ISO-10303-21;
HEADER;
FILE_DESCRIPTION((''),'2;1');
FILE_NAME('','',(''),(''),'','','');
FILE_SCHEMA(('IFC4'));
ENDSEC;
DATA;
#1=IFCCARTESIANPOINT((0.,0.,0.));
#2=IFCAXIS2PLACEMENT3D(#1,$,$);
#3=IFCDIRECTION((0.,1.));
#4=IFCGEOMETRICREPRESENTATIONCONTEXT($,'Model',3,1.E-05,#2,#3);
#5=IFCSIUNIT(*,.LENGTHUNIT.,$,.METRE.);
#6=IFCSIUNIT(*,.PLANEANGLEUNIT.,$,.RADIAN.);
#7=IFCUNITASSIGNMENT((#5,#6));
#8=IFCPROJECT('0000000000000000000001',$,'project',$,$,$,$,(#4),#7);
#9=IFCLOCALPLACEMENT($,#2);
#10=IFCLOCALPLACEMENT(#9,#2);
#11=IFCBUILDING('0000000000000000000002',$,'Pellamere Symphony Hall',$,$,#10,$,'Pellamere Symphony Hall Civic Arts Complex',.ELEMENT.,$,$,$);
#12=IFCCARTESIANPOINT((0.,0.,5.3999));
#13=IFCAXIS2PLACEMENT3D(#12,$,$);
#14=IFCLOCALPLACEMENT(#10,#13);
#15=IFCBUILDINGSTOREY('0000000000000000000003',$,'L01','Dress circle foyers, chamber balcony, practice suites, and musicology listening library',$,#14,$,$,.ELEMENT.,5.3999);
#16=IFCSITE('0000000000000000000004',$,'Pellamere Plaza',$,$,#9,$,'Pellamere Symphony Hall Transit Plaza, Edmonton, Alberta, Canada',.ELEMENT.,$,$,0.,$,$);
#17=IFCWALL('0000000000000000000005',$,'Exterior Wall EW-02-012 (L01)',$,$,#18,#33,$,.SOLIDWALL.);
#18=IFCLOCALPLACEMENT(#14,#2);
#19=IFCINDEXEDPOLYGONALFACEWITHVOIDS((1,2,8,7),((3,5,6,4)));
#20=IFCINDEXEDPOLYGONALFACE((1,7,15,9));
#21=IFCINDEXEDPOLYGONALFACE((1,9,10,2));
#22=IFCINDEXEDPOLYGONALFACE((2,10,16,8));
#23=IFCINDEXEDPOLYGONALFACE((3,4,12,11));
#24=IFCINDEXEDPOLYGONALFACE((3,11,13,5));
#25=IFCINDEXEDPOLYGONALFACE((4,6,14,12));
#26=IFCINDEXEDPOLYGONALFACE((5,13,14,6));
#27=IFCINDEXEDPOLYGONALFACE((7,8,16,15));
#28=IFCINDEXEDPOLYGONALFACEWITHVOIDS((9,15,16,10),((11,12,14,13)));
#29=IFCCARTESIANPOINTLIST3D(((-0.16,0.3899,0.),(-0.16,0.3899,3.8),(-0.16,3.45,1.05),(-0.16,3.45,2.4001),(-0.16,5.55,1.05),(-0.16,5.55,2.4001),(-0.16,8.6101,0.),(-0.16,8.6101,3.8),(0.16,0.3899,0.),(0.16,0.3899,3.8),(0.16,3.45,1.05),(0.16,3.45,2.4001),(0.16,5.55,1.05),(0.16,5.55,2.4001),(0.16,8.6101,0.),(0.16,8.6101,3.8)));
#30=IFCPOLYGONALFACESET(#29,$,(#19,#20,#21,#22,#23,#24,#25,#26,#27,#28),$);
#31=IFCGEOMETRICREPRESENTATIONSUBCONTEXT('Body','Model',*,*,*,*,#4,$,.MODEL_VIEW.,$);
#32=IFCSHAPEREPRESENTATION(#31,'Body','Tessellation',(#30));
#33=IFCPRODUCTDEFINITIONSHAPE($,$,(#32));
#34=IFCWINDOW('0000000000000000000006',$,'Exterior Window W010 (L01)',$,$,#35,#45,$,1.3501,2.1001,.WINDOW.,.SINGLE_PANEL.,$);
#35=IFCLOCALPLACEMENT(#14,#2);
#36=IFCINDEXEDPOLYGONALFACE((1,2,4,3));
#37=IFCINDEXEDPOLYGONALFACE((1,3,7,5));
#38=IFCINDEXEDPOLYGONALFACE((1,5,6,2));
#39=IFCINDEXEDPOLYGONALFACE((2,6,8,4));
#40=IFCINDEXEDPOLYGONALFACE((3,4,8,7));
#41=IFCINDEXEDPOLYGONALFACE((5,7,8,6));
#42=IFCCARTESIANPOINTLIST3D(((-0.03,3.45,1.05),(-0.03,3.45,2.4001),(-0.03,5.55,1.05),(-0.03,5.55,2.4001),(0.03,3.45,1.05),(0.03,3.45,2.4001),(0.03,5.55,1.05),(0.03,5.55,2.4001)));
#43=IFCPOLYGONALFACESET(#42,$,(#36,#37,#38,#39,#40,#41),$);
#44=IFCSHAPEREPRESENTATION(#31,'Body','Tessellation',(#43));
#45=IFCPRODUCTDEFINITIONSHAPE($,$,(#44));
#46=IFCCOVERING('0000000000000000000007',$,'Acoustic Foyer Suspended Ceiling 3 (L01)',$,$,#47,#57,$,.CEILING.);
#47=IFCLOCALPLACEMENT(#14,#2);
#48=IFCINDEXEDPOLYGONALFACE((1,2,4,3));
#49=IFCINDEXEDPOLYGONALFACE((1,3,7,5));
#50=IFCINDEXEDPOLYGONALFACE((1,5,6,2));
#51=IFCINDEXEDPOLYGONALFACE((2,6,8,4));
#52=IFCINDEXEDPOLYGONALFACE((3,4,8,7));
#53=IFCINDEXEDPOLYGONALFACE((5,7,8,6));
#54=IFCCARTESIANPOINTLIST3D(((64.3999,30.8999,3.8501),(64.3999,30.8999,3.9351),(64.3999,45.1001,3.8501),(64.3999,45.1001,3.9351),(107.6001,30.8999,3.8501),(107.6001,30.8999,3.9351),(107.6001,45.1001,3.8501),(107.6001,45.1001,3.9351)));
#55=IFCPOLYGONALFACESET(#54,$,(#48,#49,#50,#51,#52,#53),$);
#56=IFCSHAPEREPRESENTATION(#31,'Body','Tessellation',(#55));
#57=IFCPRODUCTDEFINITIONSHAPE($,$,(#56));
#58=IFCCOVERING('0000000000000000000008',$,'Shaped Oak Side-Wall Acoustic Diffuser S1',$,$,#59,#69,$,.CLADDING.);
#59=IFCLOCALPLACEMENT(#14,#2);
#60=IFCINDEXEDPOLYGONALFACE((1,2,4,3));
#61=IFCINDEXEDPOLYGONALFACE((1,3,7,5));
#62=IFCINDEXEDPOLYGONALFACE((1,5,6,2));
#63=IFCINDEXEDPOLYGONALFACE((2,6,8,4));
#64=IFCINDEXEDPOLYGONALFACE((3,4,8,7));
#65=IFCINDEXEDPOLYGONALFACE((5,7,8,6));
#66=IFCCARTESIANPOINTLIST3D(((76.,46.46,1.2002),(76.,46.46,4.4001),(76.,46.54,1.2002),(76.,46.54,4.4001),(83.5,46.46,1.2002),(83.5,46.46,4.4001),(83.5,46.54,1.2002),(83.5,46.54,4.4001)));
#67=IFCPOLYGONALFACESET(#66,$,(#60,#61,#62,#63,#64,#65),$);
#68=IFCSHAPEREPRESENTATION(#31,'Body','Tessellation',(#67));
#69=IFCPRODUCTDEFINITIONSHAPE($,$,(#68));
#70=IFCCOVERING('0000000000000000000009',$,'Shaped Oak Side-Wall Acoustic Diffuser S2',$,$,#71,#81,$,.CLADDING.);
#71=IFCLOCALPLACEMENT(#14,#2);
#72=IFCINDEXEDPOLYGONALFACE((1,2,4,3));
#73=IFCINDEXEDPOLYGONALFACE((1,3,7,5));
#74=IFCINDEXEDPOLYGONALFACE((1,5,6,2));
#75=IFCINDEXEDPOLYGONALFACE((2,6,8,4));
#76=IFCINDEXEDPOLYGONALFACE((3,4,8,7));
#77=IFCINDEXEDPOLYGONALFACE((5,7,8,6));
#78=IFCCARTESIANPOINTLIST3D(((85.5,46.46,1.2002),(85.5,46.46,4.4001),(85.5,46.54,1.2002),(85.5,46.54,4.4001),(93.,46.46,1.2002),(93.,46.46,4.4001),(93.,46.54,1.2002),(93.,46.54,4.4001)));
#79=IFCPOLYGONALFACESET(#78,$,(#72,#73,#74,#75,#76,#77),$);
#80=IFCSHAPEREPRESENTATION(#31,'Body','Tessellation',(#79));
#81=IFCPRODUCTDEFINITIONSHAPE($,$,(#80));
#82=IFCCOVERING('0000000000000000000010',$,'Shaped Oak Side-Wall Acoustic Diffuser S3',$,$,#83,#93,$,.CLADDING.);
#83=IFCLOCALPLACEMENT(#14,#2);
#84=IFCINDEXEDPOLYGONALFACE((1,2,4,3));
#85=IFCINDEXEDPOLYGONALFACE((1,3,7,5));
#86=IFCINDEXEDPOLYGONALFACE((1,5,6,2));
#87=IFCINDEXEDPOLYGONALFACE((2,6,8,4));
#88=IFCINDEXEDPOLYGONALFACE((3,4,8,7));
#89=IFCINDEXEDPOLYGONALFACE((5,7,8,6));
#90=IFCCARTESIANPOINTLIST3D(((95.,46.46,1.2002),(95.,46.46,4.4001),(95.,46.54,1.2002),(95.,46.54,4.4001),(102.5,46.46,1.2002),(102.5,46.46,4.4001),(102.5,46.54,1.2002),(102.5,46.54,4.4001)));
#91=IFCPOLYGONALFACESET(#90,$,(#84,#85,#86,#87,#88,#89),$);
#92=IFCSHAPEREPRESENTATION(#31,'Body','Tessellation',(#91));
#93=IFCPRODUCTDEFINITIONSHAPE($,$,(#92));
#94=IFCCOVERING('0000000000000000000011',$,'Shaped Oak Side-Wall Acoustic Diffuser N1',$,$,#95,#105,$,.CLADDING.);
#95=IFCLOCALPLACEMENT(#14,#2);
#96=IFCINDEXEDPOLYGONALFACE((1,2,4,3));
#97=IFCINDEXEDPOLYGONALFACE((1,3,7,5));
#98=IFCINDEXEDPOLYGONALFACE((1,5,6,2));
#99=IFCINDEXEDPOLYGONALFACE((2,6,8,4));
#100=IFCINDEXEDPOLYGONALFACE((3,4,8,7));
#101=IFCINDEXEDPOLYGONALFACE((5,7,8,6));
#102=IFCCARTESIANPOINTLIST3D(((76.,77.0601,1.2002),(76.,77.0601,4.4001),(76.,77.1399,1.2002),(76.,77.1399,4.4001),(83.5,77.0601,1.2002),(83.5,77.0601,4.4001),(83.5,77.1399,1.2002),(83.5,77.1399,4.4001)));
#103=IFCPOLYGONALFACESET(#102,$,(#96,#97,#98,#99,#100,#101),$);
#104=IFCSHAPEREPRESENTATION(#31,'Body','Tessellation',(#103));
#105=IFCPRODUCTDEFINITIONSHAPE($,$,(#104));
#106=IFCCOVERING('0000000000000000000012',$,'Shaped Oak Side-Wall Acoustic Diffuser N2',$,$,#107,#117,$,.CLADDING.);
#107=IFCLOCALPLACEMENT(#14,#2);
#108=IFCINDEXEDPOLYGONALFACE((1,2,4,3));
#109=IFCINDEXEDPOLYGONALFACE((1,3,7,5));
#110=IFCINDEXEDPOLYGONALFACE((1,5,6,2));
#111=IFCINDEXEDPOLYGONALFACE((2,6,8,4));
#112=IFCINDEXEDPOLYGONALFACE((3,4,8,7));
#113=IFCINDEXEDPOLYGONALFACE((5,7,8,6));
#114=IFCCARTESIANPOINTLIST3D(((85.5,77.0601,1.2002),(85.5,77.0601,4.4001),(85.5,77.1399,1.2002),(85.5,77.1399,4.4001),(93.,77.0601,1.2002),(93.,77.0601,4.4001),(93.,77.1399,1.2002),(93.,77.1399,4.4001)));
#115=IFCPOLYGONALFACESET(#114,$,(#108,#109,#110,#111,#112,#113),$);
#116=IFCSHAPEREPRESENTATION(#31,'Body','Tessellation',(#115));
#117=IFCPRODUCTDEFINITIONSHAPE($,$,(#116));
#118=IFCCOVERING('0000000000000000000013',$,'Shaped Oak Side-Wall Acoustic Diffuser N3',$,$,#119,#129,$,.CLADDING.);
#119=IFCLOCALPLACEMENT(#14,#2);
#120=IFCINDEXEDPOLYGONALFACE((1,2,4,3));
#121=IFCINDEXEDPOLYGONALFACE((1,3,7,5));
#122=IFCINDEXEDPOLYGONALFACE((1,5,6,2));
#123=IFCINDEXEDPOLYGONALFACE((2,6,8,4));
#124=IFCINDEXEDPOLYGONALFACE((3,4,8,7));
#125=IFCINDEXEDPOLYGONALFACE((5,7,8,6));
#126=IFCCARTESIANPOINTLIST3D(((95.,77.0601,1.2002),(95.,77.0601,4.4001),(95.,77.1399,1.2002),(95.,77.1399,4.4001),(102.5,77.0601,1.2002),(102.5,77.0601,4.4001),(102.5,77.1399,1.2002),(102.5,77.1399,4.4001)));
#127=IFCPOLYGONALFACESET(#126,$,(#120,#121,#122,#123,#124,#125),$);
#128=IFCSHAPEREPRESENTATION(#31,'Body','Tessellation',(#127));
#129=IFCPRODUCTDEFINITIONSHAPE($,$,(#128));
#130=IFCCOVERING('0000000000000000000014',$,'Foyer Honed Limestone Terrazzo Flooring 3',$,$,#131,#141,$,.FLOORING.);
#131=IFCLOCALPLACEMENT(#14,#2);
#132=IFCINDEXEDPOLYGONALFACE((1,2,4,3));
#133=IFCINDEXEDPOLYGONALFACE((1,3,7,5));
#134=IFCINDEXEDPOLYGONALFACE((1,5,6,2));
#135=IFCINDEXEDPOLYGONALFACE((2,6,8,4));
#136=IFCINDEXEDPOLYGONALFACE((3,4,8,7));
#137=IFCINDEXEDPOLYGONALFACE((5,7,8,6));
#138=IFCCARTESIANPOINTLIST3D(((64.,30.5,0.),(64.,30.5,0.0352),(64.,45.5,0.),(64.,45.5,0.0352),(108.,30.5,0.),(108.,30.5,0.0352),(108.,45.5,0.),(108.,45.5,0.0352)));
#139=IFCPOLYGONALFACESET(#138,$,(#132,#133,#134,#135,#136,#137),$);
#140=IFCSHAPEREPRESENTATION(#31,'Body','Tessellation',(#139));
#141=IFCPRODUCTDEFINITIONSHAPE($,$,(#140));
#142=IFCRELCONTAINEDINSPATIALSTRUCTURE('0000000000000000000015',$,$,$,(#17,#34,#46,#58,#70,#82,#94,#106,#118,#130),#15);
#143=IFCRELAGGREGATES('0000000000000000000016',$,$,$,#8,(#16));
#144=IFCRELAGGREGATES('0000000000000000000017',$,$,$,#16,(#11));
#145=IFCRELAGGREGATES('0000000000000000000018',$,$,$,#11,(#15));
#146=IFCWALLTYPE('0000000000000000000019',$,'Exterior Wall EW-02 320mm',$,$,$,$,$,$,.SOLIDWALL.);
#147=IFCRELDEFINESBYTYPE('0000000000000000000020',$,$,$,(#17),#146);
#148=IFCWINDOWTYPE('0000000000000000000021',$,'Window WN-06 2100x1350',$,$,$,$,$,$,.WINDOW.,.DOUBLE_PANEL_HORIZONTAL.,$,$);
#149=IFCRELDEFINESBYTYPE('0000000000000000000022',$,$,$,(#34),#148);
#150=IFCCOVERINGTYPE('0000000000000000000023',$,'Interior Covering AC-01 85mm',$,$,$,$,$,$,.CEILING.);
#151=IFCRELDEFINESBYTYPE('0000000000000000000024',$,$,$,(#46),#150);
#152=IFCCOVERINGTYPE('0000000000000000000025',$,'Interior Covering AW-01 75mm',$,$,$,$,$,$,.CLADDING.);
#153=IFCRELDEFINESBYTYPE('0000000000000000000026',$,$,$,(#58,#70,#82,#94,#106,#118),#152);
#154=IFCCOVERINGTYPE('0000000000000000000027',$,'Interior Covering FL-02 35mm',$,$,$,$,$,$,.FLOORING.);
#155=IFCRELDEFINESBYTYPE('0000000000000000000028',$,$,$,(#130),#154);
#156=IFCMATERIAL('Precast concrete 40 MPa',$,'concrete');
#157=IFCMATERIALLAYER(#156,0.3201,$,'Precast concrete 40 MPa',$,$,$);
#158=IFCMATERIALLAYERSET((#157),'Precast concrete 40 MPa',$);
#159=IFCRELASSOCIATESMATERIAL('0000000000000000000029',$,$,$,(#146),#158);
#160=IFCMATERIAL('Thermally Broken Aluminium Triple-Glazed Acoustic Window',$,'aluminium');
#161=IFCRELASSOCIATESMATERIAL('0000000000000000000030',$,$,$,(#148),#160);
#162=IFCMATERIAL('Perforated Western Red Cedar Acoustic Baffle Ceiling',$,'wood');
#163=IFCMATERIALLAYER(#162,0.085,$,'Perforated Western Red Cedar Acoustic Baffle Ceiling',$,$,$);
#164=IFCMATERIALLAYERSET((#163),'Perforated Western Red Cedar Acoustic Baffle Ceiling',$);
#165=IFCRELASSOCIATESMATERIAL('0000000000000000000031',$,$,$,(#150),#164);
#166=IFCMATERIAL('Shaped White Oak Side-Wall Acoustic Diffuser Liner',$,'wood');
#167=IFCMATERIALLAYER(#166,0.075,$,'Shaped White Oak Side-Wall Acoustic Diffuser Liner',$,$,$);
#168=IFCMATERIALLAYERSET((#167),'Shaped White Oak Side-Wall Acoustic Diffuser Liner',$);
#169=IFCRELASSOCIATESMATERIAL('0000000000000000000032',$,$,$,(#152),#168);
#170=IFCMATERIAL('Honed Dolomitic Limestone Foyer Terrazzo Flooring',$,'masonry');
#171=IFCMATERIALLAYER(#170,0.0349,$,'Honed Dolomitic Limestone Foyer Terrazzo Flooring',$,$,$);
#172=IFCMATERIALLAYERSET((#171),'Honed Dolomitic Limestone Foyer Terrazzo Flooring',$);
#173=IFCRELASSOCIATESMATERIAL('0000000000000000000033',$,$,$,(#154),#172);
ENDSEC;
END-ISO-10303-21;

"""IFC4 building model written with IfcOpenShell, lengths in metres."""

from ifc_helpers import new_model, si_unit, direction, frame, frame_2d, origin, place, context, subcontext, project, spatial, polyline, rectangle, outline, extrude, material, layer, layer_set, type_object, element, fill, save


model = new_model("IFC4")

# Units and contexts
model_context = context("Model", 3, precision=1e-05, world=origin(), true_north=direction((0.0, 1.0)))
body_context = subcontext(model_context, "Body", "Model", "MODEL_VIEW")
ifc_project = project(units=[si_unit("LENGTHUNIT", "METRE"), si_unit("PLANEANGLEUNIT", "RADIAN")], contexts=[model_context])

# Site, building, storey
site_placement = place(None, origin())
site = spatial("IfcSite", under=ifc_project, at=site_placement, Name="Pellamere Plaza", LongName="Pellamere Symphony Hall Transit Plaza, Edmonton, Alberta, Canada", CompositionType="ELEMENT", RefElevation=0.0)
building_placement = place(site_placement, origin())
building = spatial("IfcBuilding", under=site, at=building_placement, Name="Pellamere Symphony Hall", LongName="Pellamere Symphony Hall Civic Arts Complex", CompositionType="ELEMENT")
storey_placement = place(building_placement, frame((0.0, 0.0, 5.3999)))
storey = spatial("IfcBuildingStorey", under=building, at=storey_placement, Name="L01", Description="Dress circle foyers, chamber balcony, practice suites, and musicology listening library", CompositionType="ELEMENT", Elevation=5.3999)

# Wall, opening, window
ifc_material_1 = material(Name="Precast concrete 40 MPa", Category="concrete")
ifc_layer_1 = layer(ifc_material_1, 0.3201, Name="Precast concrete 40 MPa")
ifc_layer_set_1 = layer_set([ifc_layer_1], Name="Precast concrete 40 MPa")
wall_type = type_object("IfcWallType", Name="Exterior Wall EW-02 320mm", PredefinedType="SOLIDWALL", material=ifc_layer_set_1)
ifc_material_2 = material(Name="Thermally Broken Aluminium Triple-Glazed Acoustic Window", Category="aluminium")
wall_1_placement = place(storey_placement, frame((0.0, 0.3899, 0.0), z_axis=(0.0, 0.0, 1.0), x_axis=(0.0, 1.0, 0.0)))
wall_1 = element("IfcWall", 1, at=wall_1_placement, inside=storey, type_object=wall_type, Name="Exterior Wall EW-02-012 (L01)", PredefinedType="SOLIDWALL", context=body_context, shape_type="SweptSolid", body=[
    extrude(rectangle(XDim=8.2202, YDim=0.3201, at=frame_2d((4.1101, 0.0))), origin(), (0.0, 0.0, 1.0), 3.8),
])
opening_1_placement = place(wall_1_placement, frame((3.0601, 0.0, 1.05)))
opening_1 = element("IfcOpeningElement", 2, at=opening_1_placement, cuts=wall_1, PredefinedType="OPENING", context=body_context, shape_type="SweptSolid", body=[
    extrude(rectangle(XDim=2.1001, YDim=1.3501, at=frame_2d((1.05, 0.675))), frame((0.0, 0.1699, 0.0), z_axis=(0.0, -1.0, 0.0), x_axis=(1.0, 0.0, 0.0)), (0.0, 0.0, 1.0), 0.3401),
])
window_type_1 = type_object("IfcWindowType", Name="Window WN-06 2100x1350", PartitioningType="DOUBLE_PANEL_HORIZONTAL", PredefinedType="WINDOW", material=ifc_material_2)
window_1_placement = place(opening_1_placement, origin())
window_1 = element("IfcWindow", 3, at=window_1_placement, inside=storey, type_object=window_type_1, Name="Exterior Window W010 (L01)", OverallHeight=1.3501, OverallWidth=2.1001, PartitioningType="SINGLE_PANEL", PredefinedType="WINDOW", context=body_context, shape_type="SweptSolid", body=[
    extrude(rectangle(XDim=2.1001, YDim=1.3501, at=frame_2d((1.05, 0.675))), frame((0.0, 0.03, 0.0), z_axis=(0.0, -1.0, 0.0), x_axis=(1.0, 0.0, 0.0)), (0.0, 0.0, 1.0), 0.0601),
])
fill(opening_1, window_1)

# Coverings
ifc_material_3 = material(Name="Perforated Western Red Cedar Acoustic Baffle Ceiling", Category="wood")
ifc_layer_2 = layer(ifc_material_3, 0.085, Name="Perforated Western Red Cedar Acoustic Baffle Ceiling")
ifc_layer_set_2 = layer_set([ifc_layer_2], Name="Perforated Western Red Cedar Acoustic Baffle Ceiling")
covering_type_1 = type_object("IfcCoveringType", Name="Interior Covering AC-01 85mm", PredefinedType="CEILING", material=ifc_layer_set_2)
covering_1_placement = place(storey_placement, frame((0.0, 0.0, 3.8501)))
element("IfcCovering", 4, at=covering_1_placement, inside=storey, type_object=covering_type_1, Name="Acoustic Foyer Suspended Ceiling 3 (L01)", PredefinedType="CEILING", context=body_context, shape_type="SweptSolid", body=[
    extrude(outline(polyline([(64.3999, 30.8999), (107.6001, 30.8999), (107.6001, 45.1001), (64.3999, 45.1001), (64.3999, 30.8999)])), origin(), (0.0, 0.0, 1.0), 0.085),
])
ifc_material_4 = material(Name="Shaped White Oak Side-Wall Acoustic Diffuser Liner", Category="wood")
ifc_layer_3 = layer(ifc_material_4, 0.075, Name="Shaped White Oak Side-Wall Acoustic Diffuser Liner")
ifc_layer_set_3 = layer_set([ifc_layer_3], Name="Shaped White Oak Side-Wall Acoustic Diffuser Liner")
covering_type_2 = type_object("IfcCoveringType", Name="Interior Covering AW-01 75mm", PredefinedType="CLADDING", material=ifc_layer_set_3)
covering_2_placement = place(storey_placement, frame((0.0, 0.0, 1.2002)))
element("IfcCovering", 5, at=covering_2_placement, inside=storey, type_object=covering_type_2, Name="Shaped Oak Side-Wall Acoustic Diffuser S1", PredefinedType="CLADDING", context=body_context, shape_type="SweptSolid", body=[
    extrude(outline(polyline([(76.0, 46.46), (83.5, 46.46), (83.5, 46.54), (76.0, 46.54), (76.0, 46.46)])), origin(), (0.0, 0.0, 1.0), 3.2),
])
covering_3_placement = place(storey_placement, frame((0.0, 0.0, 1.2002)))
element("IfcCovering", 6, at=covering_3_placement, inside=storey, type_object=covering_type_2, Name="Shaped Oak Side-Wall Acoustic Diffuser S2", PredefinedType="CLADDING", context=body_context, shape_type="SweptSolid", body=[
    extrude(outline(polyline([(85.5, 46.46), (93.0, 46.46), (93.0, 46.54), (85.5, 46.54), (85.5, 46.46)])), origin(), (0.0, 0.0, 1.0), 3.2),
])
covering_4_placement = place(storey_placement, frame((0.0, 0.0, 1.2002)))
element("IfcCovering", 7, at=covering_4_placement, inside=storey, type_object=covering_type_2, Name="Shaped Oak Side-Wall Acoustic Diffuser S3", PredefinedType="CLADDING", context=body_context, shape_type="SweptSolid", body=[
    extrude(outline(polyline([(95.0, 46.46), (102.5, 46.46), (102.5, 46.54), (95.0, 46.54), (95.0, 46.46)])), origin(), (0.0, 0.0, 1.0), 3.2),
])
covering_5_placement = place(storey_placement, frame((0.0, 0.0, 1.2002)))
element("IfcCovering", 8, at=covering_5_placement, inside=storey, type_object=covering_type_2, Name="Shaped Oak Side-Wall Acoustic Diffuser N1", PredefinedType="CLADDING", context=body_context, shape_type="SweptSolid", body=[
    extrude(outline(polyline([(76.0, 77.0601), (83.5, 77.0601), (83.5, 77.1399), (76.0, 77.1399), (76.0, 77.0601)])), origin(), (0.0, 0.0, 1.0), 3.2),
])
covering_6_placement = place(storey_placement, frame((0.0, 0.0, 1.2002)))
element("IfcCovering", 9, at=covering_6_placement, inside=storey, type_object=covering_type_2, Name="Shaped Oak Side-Wall Acoustic Diffuser N2", PredefinedType="CLADDING", context=body_context, shape_type="SweptSolid", body=[
    extrude(outline(polyline([(85.5, 77.0601), (93.0, 77.0601), (93.0, 77.1399), (85.5, 77.1399), (85.5, 77.0601)])), origin(), (0.0, 0.0, 1.0), 3.2),
])
covering_7_placement = place(storey_placement, frame((0.0, 0.0, 1.2002)))
element("IfcCovering", 10, at=covering_7_placement, inside=storey, type_object=covering_type_2, Name="Shaped Oak Side-Wall Acoustic Diffuser N3", PredefinedType="CLADDING", context=body_context, shape_type="SweptSolid", body=[
    extrude(outline(polyline([(95.0, 77.0601), (102.5, 77.0601), (102.5, 77.1399), (95.0, 77.1399), (95.0, 77.0601)])), origin(), (0.0, 0.0, 1.0), 3.2),
])
ifc_material_5 = material(Name="Honed Dolomitic Limestone Foyer Terrazzo Flooring", Category="masonry")
ifc_layer_4 = layer(ifc_material_5, 0.0349, Name="Honed Dolomitic Limestone Foyer Terrazzo Flooring")
ifc_layer_set_4 = layer_set([ifc_layer_4], Name="Honed Dolomitic Limestone Foyer Terrazzo Flooring")
covering_type_3 = type_object("IfcCoveringType", Name="Interior Covering FL-02 35mm", PredefinedType="FLOORING", material=ifc_layer_set_4)
covering_8_placement = place(storey_placement, origin())
element("IfcCovering", 11, at=covering_8_placement, inside=storey, type_object=covering_type_3, Name="Foyer Honed Limestone Terrazzo Flooring 3", PredefinedType="FLOORING", context=body_context, shape_type="SweptSolid", body=[
    extrude(outline(polyline([(64.0, 30.5), (108.0, 30.5), (108.0, 45.5), (64.0, 45.5), (64.0, 30.5)])), origin(), (0.0, 0.0, 1.0), 0.0352),
])

save(model, "model.ifc")
